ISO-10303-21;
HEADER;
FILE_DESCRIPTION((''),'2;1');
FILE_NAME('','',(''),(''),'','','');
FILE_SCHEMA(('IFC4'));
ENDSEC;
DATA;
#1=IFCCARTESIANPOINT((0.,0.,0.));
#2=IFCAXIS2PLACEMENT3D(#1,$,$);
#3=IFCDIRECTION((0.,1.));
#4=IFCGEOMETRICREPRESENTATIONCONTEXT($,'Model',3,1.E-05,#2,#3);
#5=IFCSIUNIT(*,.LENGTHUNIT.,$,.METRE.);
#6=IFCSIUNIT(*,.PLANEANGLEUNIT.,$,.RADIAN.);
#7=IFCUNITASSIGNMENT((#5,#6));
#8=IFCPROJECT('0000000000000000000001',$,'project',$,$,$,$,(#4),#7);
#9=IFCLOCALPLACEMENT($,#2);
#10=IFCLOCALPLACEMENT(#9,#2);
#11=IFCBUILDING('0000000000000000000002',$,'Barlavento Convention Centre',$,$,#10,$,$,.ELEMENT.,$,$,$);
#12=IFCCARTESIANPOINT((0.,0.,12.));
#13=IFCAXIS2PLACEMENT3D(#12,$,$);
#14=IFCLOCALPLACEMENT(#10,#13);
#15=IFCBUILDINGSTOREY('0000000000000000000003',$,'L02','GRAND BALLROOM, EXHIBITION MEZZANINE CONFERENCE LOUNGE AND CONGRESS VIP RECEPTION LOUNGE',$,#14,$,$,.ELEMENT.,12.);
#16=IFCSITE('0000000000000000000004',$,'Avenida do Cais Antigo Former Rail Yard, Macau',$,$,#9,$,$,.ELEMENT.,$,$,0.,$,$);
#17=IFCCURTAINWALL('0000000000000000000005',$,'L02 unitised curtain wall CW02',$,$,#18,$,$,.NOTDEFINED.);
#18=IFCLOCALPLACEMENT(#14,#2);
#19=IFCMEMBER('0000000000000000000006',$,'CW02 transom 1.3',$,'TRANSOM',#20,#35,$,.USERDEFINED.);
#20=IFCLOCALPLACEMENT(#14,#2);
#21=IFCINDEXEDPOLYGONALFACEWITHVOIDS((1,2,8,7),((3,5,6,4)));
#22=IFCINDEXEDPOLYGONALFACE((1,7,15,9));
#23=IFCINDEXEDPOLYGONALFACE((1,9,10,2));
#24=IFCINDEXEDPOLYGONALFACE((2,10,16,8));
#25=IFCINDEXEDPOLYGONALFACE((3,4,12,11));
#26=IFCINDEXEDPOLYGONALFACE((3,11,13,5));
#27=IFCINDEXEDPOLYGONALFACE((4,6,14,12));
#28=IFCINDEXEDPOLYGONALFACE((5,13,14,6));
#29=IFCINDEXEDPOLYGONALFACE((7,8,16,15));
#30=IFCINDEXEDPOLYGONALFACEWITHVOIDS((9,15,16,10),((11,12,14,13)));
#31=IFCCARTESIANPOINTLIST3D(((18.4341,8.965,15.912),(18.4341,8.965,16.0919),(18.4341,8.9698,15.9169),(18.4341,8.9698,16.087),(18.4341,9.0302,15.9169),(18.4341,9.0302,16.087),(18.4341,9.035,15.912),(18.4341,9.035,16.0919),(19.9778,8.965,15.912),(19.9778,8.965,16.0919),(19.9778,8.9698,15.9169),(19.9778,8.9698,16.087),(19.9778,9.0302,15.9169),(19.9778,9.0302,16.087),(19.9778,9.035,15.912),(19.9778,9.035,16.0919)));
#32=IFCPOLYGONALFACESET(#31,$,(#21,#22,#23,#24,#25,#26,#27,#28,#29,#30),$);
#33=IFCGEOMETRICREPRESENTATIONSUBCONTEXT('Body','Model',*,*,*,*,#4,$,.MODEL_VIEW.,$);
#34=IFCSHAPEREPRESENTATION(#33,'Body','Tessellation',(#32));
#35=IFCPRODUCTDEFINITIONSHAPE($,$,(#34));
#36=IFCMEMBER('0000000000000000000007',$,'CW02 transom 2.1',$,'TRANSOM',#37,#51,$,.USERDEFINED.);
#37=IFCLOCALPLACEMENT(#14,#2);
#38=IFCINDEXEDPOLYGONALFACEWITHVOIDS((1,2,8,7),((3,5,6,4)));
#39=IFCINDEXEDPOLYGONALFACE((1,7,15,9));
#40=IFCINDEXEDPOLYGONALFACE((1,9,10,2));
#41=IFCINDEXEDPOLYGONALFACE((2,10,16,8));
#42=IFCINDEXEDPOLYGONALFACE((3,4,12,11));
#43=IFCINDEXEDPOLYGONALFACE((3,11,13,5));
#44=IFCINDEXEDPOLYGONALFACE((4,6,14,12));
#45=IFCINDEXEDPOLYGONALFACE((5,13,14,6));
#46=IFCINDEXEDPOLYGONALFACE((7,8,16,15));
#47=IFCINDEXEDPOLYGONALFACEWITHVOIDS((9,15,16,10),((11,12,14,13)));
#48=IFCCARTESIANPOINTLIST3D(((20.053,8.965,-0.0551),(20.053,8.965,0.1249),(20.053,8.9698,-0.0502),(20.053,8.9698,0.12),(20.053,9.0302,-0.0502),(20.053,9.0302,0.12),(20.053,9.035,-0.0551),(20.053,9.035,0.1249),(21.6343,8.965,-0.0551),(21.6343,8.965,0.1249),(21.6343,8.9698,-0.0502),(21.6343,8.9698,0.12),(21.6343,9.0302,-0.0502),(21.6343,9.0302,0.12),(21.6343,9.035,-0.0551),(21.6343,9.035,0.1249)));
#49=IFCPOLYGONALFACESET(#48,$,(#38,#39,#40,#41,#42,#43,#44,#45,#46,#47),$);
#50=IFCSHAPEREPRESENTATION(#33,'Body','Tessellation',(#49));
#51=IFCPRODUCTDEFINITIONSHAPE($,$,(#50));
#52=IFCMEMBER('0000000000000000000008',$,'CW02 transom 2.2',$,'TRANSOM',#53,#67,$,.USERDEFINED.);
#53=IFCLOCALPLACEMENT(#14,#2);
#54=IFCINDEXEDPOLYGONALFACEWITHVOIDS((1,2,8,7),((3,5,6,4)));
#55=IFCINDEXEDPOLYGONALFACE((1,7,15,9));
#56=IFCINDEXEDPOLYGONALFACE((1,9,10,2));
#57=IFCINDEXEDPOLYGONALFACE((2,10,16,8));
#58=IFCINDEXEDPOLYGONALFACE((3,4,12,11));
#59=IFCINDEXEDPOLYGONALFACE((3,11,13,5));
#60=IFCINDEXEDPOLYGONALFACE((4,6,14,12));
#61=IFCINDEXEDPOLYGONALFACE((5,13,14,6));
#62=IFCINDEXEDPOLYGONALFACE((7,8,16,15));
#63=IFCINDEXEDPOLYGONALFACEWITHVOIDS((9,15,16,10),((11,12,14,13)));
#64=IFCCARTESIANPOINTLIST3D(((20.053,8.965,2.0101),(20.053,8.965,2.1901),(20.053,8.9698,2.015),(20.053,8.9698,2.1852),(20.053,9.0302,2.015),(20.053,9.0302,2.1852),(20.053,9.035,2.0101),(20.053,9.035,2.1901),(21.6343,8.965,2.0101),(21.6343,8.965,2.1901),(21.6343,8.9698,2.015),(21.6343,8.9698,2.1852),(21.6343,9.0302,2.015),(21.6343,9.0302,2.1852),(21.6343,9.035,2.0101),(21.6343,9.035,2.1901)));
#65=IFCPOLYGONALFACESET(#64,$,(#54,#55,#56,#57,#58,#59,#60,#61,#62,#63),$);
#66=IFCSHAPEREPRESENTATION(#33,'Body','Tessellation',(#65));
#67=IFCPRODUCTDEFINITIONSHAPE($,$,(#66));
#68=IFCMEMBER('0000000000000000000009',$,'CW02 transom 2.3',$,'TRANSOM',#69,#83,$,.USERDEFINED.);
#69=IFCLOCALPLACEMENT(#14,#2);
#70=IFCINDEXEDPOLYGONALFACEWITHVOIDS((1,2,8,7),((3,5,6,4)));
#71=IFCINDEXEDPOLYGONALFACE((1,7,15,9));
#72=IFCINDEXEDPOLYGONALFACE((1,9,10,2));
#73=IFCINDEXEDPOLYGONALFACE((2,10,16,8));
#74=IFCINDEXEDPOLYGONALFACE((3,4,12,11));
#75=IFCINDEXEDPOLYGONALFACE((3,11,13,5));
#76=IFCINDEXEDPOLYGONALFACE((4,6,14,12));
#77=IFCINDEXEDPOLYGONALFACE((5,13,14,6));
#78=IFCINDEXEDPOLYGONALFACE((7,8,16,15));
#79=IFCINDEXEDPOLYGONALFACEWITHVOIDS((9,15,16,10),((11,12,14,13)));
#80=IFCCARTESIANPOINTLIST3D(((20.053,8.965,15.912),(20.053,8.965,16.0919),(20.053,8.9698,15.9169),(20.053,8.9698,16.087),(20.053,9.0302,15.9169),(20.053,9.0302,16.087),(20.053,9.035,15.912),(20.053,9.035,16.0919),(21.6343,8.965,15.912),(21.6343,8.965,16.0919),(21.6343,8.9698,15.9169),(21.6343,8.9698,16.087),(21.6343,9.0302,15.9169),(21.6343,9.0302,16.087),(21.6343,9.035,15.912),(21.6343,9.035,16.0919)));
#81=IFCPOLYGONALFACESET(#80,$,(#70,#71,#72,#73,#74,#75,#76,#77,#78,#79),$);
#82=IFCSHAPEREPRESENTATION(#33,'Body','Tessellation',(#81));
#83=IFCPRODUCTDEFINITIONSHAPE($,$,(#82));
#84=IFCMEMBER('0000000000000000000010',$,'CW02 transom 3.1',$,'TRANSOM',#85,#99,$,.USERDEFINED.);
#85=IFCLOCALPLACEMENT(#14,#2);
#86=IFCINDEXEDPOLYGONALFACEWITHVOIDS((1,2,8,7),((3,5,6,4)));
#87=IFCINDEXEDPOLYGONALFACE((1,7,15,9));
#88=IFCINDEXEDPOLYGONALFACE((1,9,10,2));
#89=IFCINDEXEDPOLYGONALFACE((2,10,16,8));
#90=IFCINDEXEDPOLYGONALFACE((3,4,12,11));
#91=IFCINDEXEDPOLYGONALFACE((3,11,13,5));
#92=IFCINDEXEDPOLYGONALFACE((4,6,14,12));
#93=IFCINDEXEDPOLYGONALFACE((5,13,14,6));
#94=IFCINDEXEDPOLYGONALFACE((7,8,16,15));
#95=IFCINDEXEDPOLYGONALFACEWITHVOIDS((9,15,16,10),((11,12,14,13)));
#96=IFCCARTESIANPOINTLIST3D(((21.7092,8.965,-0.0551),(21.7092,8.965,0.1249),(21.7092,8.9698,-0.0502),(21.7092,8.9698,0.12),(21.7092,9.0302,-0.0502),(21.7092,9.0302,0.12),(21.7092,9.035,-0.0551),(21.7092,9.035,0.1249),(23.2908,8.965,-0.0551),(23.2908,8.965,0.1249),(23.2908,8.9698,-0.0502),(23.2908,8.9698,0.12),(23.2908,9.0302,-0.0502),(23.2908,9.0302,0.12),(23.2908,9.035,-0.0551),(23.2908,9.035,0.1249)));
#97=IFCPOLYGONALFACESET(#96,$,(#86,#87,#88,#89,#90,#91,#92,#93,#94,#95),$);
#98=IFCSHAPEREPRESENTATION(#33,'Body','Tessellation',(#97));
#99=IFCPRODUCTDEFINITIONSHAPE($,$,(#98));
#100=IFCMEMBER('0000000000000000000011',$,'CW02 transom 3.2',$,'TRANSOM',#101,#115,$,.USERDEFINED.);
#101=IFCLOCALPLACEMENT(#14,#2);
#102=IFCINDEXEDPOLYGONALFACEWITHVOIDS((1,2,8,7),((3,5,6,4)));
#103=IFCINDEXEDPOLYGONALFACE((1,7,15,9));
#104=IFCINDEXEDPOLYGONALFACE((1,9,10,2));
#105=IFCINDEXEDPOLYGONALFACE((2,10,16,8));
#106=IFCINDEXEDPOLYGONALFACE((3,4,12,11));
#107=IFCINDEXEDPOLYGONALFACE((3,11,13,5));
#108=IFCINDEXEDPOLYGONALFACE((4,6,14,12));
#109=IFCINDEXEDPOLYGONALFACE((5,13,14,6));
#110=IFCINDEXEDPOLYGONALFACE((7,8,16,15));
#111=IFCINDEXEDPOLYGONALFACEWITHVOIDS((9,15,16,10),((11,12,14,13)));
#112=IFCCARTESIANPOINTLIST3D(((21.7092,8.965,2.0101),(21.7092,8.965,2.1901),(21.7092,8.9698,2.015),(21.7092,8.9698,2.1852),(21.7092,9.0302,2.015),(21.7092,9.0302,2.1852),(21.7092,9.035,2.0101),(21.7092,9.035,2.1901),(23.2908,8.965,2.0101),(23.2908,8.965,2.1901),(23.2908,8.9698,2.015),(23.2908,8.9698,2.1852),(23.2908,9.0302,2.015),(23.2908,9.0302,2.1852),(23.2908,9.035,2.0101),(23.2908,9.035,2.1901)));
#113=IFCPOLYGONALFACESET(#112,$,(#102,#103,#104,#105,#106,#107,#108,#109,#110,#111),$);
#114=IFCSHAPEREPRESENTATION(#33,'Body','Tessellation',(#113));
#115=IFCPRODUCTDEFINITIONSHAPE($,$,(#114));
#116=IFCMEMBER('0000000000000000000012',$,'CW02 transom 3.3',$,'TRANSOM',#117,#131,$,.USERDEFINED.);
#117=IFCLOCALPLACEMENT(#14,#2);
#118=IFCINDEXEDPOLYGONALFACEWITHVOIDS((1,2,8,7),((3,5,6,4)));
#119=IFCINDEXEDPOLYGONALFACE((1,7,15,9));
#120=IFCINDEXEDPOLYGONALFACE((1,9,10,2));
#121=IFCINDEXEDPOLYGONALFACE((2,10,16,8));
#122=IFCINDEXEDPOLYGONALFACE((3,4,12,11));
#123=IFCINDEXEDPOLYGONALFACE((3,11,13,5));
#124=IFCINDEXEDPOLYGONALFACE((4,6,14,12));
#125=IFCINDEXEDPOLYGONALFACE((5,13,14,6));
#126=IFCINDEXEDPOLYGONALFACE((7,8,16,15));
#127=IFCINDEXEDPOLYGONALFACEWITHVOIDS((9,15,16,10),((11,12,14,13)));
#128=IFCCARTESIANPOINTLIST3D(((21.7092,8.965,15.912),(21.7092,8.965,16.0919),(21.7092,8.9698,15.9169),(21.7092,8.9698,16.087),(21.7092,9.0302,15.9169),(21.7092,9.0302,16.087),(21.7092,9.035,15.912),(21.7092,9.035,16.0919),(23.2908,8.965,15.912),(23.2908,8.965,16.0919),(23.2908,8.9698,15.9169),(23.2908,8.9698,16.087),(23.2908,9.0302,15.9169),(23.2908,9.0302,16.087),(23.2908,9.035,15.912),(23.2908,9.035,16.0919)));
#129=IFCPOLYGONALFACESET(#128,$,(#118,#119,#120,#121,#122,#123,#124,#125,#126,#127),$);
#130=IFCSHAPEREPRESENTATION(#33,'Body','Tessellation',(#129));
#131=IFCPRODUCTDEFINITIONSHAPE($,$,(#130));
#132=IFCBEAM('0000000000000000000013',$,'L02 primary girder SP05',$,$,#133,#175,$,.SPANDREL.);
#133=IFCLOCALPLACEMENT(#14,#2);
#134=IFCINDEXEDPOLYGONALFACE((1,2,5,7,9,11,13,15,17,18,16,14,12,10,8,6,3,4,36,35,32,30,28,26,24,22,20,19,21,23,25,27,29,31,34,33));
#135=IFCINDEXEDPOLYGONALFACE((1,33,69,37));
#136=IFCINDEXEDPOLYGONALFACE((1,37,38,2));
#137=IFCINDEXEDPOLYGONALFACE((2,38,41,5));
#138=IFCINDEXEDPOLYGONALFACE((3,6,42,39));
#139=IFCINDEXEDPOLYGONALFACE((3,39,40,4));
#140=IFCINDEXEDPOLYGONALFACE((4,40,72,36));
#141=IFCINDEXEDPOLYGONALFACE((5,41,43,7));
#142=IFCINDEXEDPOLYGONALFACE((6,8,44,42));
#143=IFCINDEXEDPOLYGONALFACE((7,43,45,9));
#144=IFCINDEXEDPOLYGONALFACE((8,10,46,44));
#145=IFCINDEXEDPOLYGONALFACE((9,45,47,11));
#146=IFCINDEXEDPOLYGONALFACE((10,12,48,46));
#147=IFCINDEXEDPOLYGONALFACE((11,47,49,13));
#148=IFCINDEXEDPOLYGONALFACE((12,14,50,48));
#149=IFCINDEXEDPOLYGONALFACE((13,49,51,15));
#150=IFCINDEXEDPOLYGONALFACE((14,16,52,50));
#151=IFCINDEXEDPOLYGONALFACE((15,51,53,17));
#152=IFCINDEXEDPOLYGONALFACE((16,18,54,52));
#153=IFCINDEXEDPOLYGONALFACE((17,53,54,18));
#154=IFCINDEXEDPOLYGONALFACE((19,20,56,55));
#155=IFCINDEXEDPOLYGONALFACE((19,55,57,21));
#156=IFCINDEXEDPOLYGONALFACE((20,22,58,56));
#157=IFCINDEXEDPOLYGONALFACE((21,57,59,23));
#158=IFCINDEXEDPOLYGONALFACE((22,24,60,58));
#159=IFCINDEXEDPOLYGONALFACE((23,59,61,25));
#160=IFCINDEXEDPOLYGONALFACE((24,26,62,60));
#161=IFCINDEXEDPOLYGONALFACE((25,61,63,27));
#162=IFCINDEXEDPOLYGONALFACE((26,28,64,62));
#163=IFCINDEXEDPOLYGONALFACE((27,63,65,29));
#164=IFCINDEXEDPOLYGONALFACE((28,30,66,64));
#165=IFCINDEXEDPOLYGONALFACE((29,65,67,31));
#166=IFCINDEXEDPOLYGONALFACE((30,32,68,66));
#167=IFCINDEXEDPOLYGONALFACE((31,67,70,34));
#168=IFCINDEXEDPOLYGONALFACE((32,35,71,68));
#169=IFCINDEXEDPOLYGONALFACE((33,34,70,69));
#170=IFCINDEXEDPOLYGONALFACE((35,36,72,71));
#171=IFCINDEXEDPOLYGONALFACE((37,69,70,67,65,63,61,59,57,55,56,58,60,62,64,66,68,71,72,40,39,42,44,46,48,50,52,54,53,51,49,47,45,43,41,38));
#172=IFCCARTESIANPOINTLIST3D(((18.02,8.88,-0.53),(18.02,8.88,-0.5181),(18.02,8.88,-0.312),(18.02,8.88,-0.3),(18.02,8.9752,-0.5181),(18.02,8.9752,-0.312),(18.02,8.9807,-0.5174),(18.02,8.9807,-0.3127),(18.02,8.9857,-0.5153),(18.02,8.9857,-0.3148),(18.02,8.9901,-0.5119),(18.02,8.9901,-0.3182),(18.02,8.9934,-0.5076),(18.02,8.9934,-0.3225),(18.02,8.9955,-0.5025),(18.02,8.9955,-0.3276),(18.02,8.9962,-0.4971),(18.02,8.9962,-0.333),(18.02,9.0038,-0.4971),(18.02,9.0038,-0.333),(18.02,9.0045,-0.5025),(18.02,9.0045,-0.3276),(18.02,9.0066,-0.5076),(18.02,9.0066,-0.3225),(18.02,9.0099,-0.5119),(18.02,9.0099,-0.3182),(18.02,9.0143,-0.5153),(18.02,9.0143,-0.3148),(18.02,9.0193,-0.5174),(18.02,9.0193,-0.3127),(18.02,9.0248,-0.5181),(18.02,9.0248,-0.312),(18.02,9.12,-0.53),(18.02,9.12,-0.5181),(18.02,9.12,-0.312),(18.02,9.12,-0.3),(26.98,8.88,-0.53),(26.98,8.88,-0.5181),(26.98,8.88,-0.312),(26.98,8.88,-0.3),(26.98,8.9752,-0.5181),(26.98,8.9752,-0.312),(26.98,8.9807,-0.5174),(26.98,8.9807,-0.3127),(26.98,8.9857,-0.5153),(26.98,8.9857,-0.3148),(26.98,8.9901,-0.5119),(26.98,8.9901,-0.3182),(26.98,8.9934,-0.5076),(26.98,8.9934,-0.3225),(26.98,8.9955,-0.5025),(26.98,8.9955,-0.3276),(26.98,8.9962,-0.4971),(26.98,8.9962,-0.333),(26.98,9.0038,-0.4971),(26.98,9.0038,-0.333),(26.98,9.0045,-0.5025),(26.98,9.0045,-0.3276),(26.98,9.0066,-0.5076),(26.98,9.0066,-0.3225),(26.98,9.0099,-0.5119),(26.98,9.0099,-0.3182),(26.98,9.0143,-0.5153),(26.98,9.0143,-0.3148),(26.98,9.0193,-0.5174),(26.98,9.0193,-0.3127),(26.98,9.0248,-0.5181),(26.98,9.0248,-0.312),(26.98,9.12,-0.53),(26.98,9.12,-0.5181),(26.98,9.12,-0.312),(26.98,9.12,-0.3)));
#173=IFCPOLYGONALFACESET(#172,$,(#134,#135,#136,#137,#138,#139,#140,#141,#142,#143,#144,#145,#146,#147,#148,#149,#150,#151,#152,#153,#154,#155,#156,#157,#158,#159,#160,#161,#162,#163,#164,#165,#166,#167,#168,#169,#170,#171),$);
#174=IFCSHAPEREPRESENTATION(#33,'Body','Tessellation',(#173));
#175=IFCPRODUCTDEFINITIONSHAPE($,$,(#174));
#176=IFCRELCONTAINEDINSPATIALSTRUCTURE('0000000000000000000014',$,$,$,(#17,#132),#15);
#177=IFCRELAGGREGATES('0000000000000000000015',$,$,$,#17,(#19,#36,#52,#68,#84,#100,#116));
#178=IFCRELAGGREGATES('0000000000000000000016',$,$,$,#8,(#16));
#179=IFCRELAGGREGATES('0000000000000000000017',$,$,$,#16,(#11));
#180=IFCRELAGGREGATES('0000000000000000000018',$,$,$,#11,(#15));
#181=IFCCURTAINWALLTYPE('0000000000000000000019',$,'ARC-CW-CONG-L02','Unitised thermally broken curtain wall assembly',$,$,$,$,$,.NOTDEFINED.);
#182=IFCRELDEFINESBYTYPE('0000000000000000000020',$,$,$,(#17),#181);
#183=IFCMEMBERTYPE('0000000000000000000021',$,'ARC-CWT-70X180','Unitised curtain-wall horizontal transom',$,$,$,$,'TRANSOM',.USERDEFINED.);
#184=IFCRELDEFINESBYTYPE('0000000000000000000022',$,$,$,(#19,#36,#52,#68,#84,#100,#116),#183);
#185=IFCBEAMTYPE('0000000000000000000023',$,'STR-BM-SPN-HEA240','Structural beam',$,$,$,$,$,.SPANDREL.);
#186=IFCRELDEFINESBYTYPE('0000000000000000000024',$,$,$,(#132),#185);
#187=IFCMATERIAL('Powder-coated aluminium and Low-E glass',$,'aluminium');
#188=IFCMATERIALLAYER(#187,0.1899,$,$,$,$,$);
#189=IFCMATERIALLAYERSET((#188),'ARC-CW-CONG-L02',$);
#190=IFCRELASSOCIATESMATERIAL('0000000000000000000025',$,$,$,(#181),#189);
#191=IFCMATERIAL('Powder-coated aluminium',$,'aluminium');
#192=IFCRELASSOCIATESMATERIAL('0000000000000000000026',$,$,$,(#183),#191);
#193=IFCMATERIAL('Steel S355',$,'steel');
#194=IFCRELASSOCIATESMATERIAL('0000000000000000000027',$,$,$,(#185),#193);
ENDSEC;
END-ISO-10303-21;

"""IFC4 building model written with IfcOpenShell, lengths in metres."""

from ifc_helpers import new_model, si_unit, direction, frame, origin, origin_2d, place, context, subcontext, project, spatial, hollow_rectangle, i_section, extrude, material, layer, layer_set, material_profile, profile_set, type_object, element, aggregate, save


model = new_model("IFC4")

# Units and contexts
model_context = context("Model", 3, precision=1e-05, world=origin(), true_north=direction((0.0, 1.0)))
body_context = subcontext(model_context, "Body", "Model", "MODEL_VIEW")
ifc_project = project(units=[si_unit("LENGTHUNIT", "METRE"), si_unit("PLANEANGLEUNIT", "RADIAN")], contexts=[model_context])

# Site, building, storey
site_placement = place(None, origin())
site = spatial("IfcSite", under=ifc_project, at=site_placement, Name="Avenida do Cais Antigo Former Rail Yard, Macau", CompositionType="ELEMENT", RefElevation=0.0)
building_placement = place(site_placement, origin())
building = spatial("IfcBuilding", under=site, at=building_placement, Name="Barlavento Convention Centre", CompositionType="ELEMENT")
storey_placement = place(building_placement, frame((0.0, 0.0, 12.0)))
storey = spatial("IfcBuildingStorey", under=building, at=storey_placement, Name="L02", Description="GRAND BALLROOM, EXHIBITION MEZZANINE CONFERENCE LOUNGE AND CONGRESS VIP RECEPTION LOUNGE", CompositionType="ELEMENT", Elevation=12.0)

# Curtain wall
ifc_material_1 = material(Name="Powder-coated aluminium and Low-E glass", Category="aluminium")
ifc_layer_1 = layer(ifc_material_1, 0.1899)
ifc_layer_set_1 = layer_set([ifc_layer_1], Name="ARC-CW-CONG-L02")
curtain_wall_type = type_object("IfcCurtainWallType", Name="ARC-CW-CONG-L02", Description="Unitised thermally broken curtain wall assembly", PredefinedType="NOTDEFINED", material=ifc_layer_set_1)
curtain_wall_1_placement = place(storey_placement, origin())
curtain_wall_1 = element("IfcCurtainWall", 1, at=curtain_wall_1_placement, inside=storey, type_object=curtain_wall_type, Name="L02 unitised curtain wall CW02", PredefinedType="NOTDEFINED")
ifc_material_2 = material(Name="Powder-coated aluminium", Category="aluminium")

# Members
ifc_material_profile_1 = material_profile(ifc_material_2, hollow_rectangle(XDim=0.0701, YDim=0.1799, WallThickness=0.0049, at=origin_2d()), Name="AL-TRAN 70x180x5")
ifc_profile_set_1 = profile_set([ifc_material_profile_1], Name="Powder-coated aluminium")
member_type_1 = type_object("IfcMemberType", Name="ARC-CWT-70X180", Description="Unitised curtain-wall horizontal transom", ElementType="TRANSOM", PredefinedType="USERDEFINED", material=ifc_profile_set_1)
member_1_placement = place(storey_placement, frame((18.4341, 9.0, 16.002), z_axis=(1.0, 0.0, 0.0), x_axis=(0.0, 1.0, 0.0)))
member_1 = element("IfcMember", 2, at=member_1_placement, type_object=member_type_1, Name="CW02 transom 1.3", ObjectType="TRANSOM", PredefinedType="USERDEFINED", context=body_context, shape_type="SweptSolid", body=[
    extrude(hollow_rectangle(XDim=0.0701, YDim=0.1799, WallThickness=0.0049, at=origin_2d()), origin(), (0.0, 0.0, 1.0), 1.5437),
])
member_2_placement = place(storey_placement, frame((20.053, 9.0, 0.0349), z_axis=(1.0, 0.0, 0.0), x_axis=(0.0, 1.0, 0.0)))
member_2 = element("IfcMember", 3, at=member_2_placement, type_object=member_type_1, Name="CW02 transom 2.1", ObjectType="TRANSOM", PredefinedType="USERDEFINED", context=body_context, shape_type="SweptSolid", body=[
    extrude(hollow_rectangle(XDim=0.0701, YDim=0.1799, WallThickness=0.0049, at=origin_2d()), origin(), (0.0, 0.0, 1.0), 1.5813),
])
member_3_placement = place(storey_placement, frame((20.053, 9.0, 2.1001), z_axis=(1.0, 0.0, 0.0), x_axis=(0.0, 1.0, 0.0)))
member_3 = element("IfcMember", 4, at=member_3_placement, type_object=member_type_1, Name="CW02 transom 2.2", ObjectType="TRANSOM", PredefinedType="USERDEFINED", context=body_context, shape_type="SweptSolid", body=[
    extrude(hollow_rectangle(XDim=0.0701, YDim=0.1799, WallThickness=0.0049, at=origin_2d()), origin(), (0.0, 0.0, 1.0), 1.5813),
])
member_4_placement = place(storey_placement, frame((20.053, 9.0, 16.002), z_axis=(1.0, 0.0, 0.0), x_axis=(0.0, 1.0, 0.0)))
member_4 = element("IfcMember", 5, at=member_4_placement, type_object=member_type_1, Name="CW02 transom 2.3", ObjectType="TRANSOM", PredefinedType="USERDEFINED", context=body_context, shape_type="SweptSolid", body=[
    extrude(hollow_rectangle(XDim=0.0701, YDim=0.1799, WallThickness=0.0049, at=origin_2d()), origin(), (0.0, 0.0, 1.0), 1.5813),
])
member_5_placement = place(storey_placement, frame((21.7092, 9.0, 0.0349), z_axis=(1.0, 0.0, 0.0), x_axis=(0.0, 1.0, 0.0)))
member_5 = element("IfcMember", 6, at=member_5_placement, type_object=member_type_1, Name="CW02 transom 3.1", ObjectType="TRANSOM", PredefinedType="USERDEFINED", context=body_context, shape_type="SweptSolid", body=[
    extrude(hollow_rectangle(XDim=0.0701, YDim=0.1799, WallThickness=0.0049, at=origin_2d()), origin(), (0.0, 0.0, 1.0), 1.5815),
])
member_6_placement = place(storey_placement, frame((21.7092, 9.0, 2.1001), z_axis=(1.0, 0.0, 0.0), x_axis=(0.0, 1.0, 0.0)))
member_6 = element("IfcMember", 7, at=member_6_placement, type_object=member_type_1, Name="CW02 transom 3.2", ObjectType="TRANSOM", PredefinedType="USERDEFINED", context=body_context, shape_type="SweptSolid", body=[
    extrude(hollow_rectangle(XDim=0.0701, YDim=0.1799, WallThickness=0.0049, at=origin_2d()), origin(), (0.0, 0.0, 1.0), 1.5815),
])
member_7_placement = place(storey_placement, frame((21.7092, 9.0, 16.002), z_axis=(1.0, 0.0, 0.0), x_axis=(0.0, 1.0, 0.0)))
member_7 = element("IfcMember", 8, at=member_7_placement, type_object=member_type_1, Name="CW02 transom 3.3", ObjectType="TRANSOM", PredefinedType="USERDEFINED", context=body_context, shape_type="SweptSolid", body=[
    extrude(hollow_rectangle(XDim=0.0701, YDim=0.1799, WallThickness=0.0049, at=origin_2d()), origin(), (0.0, 0.0, 1.0), 1.5815),
])

# Beam
ifc_material_3 = material(Name="Steel S355", Category="steel")
ifc_material_profile_2 = material_profile(ifc_material_3, i_section(OverallWidth=0.24, OverallDepth=0.23, WebThickness=0.0076, FlangeThickness=0.012, FilletRadius=0.021, at=origin_2d()), Name="HEA 240")
ifc_profile_set_2 = profile_set([ifc_material_profile_2], Name="Steel S355")
beam_type_1 = type_object("IfcBeamType", Name="STR-BM-SPN-HEA240", Description="Structural beam", PredefinedType="SPANDREL", material=ifc_profile_set_2)
beam_1_placement = place(storey_placement, frame((18.02, 9.0, -0.415), z_axis=(1.0, 0.0, 0.0), x_axis=(0.0, 1.0, 0.0)))
element("IfcBeam", 9, at=beam_1_placement, inside=storey, type_object=beam_type_1, Name="L02 primary girder SP05", PredefinedType="SPANDREL", context=body_context, shape_type="SweptSolid", body=[
    extrude(i_section(OverallWidth=0.24, OverallDepth=0.23, WebThickness=0.0076, FlangeThickness=0.012, FilletRadius=0.021, at=origin_2d()), origin(), (0.0, 0.0, 1.0), 8.96),
])

aggregate(curtain_wall_1, [member_1, member_2, member_3, member_4, member_5, member_6, member_7])

save(model, "model.ifc")
